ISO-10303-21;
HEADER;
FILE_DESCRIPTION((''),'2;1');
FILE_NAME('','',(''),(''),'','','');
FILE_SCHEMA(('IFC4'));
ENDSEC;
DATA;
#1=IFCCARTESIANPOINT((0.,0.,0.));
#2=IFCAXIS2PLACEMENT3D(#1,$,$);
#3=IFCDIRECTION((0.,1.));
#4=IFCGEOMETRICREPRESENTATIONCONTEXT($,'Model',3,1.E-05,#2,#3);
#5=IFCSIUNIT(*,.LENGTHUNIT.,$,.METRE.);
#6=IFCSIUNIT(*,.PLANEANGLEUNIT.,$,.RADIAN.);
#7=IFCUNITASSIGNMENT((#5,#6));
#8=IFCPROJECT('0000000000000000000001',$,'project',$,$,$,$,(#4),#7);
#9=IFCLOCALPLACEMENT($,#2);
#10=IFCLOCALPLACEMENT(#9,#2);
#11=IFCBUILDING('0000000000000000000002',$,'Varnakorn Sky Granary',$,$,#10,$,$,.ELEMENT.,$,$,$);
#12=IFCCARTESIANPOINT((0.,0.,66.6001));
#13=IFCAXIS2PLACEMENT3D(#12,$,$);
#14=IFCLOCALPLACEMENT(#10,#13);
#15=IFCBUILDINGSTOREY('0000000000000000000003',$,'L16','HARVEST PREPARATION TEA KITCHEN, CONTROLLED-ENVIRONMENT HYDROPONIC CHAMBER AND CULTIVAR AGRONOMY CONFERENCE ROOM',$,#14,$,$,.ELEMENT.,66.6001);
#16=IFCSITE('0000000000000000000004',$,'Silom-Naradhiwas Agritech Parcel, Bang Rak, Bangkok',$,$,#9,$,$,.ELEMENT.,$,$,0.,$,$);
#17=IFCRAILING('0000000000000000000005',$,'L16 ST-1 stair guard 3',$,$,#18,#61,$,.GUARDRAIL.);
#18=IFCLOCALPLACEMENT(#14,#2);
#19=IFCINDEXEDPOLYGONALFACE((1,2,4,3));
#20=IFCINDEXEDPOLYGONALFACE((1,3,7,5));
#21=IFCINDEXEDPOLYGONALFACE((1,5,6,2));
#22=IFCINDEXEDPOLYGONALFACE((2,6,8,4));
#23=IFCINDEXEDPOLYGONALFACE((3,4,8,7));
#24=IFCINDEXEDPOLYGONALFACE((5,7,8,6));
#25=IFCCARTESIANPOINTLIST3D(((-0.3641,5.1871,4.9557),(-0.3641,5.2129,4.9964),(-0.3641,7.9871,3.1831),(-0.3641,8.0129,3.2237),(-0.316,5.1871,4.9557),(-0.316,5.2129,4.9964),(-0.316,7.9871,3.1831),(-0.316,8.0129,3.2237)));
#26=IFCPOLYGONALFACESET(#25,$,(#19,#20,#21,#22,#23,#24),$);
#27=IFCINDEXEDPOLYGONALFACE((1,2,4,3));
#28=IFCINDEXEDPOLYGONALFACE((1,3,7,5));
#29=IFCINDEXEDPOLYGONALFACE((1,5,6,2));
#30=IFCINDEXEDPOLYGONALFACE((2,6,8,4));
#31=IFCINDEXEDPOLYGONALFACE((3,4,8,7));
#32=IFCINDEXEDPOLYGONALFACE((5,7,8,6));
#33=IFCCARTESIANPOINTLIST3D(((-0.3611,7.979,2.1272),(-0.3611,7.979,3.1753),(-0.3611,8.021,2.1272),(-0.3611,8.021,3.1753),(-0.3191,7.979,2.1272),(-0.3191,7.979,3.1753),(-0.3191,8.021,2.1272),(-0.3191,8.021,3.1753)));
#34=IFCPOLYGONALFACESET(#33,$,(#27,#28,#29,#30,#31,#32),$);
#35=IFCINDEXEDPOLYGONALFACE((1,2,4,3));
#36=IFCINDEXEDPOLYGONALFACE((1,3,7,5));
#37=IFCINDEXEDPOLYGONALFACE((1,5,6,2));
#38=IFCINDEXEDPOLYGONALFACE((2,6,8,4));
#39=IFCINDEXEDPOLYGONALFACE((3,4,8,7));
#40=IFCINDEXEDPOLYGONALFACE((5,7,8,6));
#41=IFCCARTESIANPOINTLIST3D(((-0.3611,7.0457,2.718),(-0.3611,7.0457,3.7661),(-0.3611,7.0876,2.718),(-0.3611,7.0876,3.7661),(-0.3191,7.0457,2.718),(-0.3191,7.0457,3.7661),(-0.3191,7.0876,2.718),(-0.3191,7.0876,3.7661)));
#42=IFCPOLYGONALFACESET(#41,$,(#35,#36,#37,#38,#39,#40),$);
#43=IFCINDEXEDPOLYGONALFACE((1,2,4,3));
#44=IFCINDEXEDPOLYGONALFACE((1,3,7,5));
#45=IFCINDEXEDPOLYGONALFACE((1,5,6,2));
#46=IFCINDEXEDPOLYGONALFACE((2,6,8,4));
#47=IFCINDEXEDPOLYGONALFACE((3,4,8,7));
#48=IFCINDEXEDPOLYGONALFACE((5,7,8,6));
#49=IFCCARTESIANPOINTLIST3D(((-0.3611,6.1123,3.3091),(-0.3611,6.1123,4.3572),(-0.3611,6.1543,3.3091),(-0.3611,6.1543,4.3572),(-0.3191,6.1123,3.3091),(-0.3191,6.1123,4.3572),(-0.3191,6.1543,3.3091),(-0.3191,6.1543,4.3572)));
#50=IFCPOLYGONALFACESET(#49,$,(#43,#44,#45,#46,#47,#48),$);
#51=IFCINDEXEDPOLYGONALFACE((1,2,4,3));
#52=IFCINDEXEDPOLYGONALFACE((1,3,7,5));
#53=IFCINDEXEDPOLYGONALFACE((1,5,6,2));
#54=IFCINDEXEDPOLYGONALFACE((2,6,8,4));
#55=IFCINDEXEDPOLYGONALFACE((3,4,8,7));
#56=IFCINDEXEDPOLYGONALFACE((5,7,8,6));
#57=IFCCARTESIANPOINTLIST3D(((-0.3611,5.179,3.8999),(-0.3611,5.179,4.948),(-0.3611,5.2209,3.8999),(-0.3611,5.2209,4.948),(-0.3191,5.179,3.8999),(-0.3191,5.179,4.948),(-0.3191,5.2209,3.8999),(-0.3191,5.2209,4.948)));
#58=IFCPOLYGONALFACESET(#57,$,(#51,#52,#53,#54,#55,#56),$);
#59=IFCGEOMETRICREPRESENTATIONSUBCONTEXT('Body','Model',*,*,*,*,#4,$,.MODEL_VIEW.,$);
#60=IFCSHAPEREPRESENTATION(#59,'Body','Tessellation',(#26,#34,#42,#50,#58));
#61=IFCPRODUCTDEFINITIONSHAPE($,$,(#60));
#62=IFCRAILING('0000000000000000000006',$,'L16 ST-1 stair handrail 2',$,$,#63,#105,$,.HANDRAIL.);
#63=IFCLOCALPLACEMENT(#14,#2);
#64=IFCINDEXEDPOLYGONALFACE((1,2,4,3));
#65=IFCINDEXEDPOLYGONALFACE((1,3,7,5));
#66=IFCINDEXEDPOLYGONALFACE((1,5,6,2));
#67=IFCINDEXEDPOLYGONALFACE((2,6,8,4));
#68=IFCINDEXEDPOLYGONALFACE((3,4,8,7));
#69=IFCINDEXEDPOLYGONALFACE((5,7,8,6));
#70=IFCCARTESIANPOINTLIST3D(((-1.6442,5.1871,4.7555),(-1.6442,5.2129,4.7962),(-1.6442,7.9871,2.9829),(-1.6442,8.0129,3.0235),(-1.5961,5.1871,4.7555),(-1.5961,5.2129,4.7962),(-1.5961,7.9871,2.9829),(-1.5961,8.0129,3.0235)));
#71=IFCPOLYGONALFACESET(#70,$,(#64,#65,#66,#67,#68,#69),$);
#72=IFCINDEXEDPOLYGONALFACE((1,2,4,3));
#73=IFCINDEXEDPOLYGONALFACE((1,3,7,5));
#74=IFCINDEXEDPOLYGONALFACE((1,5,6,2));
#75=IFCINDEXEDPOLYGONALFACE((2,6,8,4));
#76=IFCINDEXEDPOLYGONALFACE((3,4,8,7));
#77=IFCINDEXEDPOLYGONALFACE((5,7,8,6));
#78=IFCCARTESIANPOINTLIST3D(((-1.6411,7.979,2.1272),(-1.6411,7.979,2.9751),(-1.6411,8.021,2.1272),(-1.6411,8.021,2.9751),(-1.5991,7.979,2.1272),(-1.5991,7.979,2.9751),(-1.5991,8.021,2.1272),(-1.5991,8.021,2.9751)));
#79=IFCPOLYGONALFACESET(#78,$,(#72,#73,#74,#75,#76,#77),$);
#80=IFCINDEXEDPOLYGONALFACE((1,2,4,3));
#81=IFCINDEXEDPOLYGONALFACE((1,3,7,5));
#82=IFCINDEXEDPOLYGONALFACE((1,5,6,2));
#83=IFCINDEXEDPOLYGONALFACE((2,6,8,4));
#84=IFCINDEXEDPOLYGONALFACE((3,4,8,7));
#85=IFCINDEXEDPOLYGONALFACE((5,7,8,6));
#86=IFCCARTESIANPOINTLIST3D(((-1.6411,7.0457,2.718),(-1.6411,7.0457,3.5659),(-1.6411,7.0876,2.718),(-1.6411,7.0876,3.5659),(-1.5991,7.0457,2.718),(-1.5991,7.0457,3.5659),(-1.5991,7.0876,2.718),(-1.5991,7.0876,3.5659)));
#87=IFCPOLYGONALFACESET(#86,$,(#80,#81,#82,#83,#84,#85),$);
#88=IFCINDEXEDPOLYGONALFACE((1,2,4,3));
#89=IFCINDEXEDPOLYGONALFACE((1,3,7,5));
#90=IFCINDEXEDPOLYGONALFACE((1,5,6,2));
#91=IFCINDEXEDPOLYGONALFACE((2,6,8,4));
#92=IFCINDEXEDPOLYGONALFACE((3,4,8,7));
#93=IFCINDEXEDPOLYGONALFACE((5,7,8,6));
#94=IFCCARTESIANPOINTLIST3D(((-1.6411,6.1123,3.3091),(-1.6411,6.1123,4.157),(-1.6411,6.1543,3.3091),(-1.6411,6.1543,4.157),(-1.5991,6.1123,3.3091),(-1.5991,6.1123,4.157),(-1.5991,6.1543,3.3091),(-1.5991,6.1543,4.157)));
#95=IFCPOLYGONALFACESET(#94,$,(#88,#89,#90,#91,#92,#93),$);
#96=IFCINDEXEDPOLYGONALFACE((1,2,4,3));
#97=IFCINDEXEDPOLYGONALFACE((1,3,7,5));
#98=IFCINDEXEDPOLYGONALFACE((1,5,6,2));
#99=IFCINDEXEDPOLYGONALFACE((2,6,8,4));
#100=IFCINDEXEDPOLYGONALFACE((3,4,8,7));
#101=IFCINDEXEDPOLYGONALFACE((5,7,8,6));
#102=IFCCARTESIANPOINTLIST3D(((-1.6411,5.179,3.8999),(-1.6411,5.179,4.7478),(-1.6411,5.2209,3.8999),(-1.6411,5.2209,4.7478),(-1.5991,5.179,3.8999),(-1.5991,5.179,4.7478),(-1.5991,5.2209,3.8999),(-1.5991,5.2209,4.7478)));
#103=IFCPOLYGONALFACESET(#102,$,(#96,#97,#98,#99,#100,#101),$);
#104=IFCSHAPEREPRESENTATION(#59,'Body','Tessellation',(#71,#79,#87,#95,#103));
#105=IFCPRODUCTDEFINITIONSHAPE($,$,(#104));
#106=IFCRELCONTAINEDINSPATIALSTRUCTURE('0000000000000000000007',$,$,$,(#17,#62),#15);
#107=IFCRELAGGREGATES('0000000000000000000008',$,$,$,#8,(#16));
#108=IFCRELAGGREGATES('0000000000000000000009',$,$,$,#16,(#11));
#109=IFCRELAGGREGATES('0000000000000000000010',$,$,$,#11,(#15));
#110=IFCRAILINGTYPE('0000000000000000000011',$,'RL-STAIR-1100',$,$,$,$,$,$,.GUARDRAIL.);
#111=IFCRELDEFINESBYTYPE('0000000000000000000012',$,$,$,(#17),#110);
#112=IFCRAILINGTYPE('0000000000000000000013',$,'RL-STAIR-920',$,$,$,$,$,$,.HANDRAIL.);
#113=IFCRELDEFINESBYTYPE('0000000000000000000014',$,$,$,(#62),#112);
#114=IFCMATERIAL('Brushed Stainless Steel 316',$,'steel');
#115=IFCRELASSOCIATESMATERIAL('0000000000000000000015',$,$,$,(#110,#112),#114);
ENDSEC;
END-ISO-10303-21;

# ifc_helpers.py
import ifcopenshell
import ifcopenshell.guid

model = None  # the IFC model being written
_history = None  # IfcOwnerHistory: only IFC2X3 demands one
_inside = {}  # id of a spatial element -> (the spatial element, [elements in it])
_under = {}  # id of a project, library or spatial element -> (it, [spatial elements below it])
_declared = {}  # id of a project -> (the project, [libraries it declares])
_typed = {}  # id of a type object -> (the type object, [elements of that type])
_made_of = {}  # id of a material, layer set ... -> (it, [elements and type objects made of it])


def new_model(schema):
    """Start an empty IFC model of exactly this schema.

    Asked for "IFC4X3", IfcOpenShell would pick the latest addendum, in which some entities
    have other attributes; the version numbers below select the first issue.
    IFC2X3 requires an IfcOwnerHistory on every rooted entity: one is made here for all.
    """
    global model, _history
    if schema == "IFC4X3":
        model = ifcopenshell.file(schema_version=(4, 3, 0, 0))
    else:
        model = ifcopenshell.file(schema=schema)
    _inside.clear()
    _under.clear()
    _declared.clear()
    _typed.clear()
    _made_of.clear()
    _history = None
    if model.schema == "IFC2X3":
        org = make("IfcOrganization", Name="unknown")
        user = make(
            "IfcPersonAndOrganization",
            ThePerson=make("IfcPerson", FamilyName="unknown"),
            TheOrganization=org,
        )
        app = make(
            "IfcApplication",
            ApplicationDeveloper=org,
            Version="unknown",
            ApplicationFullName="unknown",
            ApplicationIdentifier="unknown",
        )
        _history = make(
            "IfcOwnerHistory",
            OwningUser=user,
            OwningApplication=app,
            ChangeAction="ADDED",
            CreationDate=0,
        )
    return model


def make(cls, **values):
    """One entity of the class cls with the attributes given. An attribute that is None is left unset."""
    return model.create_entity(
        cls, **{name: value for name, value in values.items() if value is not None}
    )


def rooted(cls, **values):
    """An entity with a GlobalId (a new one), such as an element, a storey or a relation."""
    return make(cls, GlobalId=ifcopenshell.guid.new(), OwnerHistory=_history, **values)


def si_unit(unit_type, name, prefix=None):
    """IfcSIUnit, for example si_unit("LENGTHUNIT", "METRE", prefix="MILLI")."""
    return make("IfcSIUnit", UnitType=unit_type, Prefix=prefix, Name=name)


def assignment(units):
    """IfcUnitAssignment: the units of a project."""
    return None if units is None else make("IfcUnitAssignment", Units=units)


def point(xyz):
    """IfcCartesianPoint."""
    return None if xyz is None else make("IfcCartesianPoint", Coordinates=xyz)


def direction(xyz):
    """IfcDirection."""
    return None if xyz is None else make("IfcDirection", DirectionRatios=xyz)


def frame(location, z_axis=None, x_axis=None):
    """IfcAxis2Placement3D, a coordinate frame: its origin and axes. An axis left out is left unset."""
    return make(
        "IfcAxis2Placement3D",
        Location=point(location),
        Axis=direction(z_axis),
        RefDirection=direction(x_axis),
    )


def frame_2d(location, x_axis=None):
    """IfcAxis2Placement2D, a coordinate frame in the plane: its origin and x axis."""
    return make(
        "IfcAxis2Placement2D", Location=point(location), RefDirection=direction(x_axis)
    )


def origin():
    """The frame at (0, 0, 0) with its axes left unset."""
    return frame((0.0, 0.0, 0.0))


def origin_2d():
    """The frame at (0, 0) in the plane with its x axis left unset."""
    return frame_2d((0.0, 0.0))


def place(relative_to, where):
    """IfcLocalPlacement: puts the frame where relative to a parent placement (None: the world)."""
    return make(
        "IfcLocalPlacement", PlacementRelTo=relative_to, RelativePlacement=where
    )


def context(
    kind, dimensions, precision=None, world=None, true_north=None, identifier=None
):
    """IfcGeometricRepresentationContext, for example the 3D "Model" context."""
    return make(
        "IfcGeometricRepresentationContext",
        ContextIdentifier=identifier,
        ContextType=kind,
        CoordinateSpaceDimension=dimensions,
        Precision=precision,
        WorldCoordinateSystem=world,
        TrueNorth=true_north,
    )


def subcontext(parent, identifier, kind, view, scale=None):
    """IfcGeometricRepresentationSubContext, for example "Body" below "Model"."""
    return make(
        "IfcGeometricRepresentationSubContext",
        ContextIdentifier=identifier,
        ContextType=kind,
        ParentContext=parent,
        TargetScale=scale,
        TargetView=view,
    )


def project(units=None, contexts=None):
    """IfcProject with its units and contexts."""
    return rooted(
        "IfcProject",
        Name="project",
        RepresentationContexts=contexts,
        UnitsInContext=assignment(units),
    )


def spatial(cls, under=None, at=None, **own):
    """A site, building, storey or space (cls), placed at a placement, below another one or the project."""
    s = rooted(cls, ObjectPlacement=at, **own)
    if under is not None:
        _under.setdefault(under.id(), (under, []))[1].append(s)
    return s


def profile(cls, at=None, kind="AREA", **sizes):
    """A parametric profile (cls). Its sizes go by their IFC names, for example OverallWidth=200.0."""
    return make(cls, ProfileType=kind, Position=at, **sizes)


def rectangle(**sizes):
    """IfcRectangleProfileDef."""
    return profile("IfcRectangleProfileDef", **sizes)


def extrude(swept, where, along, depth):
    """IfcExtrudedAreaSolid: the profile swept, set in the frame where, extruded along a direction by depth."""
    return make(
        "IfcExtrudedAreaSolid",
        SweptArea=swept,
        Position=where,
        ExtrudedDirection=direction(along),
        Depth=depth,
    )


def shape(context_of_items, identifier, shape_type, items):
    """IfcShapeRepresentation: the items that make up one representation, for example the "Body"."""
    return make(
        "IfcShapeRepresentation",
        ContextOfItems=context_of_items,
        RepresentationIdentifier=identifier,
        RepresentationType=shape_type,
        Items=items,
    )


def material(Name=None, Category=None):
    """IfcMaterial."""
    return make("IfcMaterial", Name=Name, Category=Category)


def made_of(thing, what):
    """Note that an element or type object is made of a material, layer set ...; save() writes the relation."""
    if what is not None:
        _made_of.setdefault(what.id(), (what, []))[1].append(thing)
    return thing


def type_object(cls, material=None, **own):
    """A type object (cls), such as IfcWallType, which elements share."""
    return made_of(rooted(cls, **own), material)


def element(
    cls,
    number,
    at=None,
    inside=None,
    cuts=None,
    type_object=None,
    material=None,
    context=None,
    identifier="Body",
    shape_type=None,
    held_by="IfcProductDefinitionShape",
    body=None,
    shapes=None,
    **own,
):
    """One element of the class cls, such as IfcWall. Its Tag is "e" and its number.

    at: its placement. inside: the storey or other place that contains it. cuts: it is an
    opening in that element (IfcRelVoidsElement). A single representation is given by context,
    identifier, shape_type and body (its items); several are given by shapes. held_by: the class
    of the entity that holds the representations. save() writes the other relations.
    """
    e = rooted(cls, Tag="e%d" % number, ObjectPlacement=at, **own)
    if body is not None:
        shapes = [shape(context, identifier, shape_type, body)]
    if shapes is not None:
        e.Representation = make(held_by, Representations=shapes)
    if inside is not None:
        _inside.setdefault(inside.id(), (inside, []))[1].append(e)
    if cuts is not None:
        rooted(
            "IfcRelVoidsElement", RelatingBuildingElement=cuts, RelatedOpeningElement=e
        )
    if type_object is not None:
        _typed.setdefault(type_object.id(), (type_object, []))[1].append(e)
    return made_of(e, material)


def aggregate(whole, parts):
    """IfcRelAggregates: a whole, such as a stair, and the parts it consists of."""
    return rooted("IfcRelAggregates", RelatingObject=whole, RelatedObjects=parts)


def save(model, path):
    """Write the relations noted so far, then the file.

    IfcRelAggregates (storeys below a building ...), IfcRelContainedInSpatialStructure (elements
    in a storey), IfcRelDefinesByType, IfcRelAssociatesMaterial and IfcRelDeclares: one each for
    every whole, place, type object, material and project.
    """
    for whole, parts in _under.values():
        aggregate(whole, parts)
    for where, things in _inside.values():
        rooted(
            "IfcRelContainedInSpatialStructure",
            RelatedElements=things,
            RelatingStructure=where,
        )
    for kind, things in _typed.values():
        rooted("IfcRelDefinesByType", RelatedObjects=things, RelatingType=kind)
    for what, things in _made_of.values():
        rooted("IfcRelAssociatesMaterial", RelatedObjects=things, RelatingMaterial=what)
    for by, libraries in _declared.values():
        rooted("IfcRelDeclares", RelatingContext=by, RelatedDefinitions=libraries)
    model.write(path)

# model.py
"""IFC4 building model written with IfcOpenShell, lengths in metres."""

from ifc_helpers import new_model, si_unit, direction, frame, origin, origin_2d, place, context, subcontext, project, spatial, rectangle, extrude, material, type_object, element, save


model = new_model("IFC4")

# Units and contexts
model_context = context("Model", 3, precision=1e-05, world=origin(), true_north=direction((0.0, 1.0)))
body_context = subcontext(model_context, "Body", "Model", "MODEL_VIEW")
ifc_project = project(units=[si_unit("LENGTHUNIT", "METRE"), si_unit("PLANEANGLEUNIT", "RADIAN")], contexts=[model_context])

# Site, building, storey
site_placement = place(None, origin())
site = spatial("IfcSite", under=ifc_project, at=site_placement, Name="Silom-Naradhiwas Agritech Parcel, Bang Rak, Bangkok", CompositionType="ELEMENT", RefElevation=0.0)
building_placement = place(site_placement, origin())
building = spatial("IfcBuilding", under=site, at=building_placement, Name="Varnakorn Sky Granary", CompositionType="ELEMENT")
storey_placement = place(building_placement, frame((0.0, 0.0, 66.6001)))
storey = spatial("IfcBuildingStorey", under=building, at=storey_placement, Name="L16", Description="HARVEST PREPARATION TEA KITCHEN, CONTROLLED-ENVIRONMENT HYDROPONIC CHAMBER AND CULTIVAR AGRONOMY CONFERENCE ROOM", CompositionType="ELEMENT", Elevation=66.6001)

# Railings
ifc_material_1 = material(Name="Brushed Stainless Steel 316", Category="steel")
railing_type_1 = type_object("IfcRailingType", Name="RL-STAIR-1100", PredefinedType="GUARDRAIL", material=ifc_material_1)
railing_1_placement = place(storey_placement, frame((-0.3401, 8.0, 2.1272)))
element("IfcRailing", 1, at=railing_1_placement, inside=storey, type_object=railing_type_1, Name="L16 ST-1 stair guard 3", PredefinedType="GUARDRAIL", context=body_context, shape_type="SweptSolid", body=[
    extrude(rectangle(XDim=0.0481, YDim=0.0481, at=origin_2d()), frame((0.0, 0.0, 1.0762), z_axis=(0.0, -0.844909, 0.53491), x_axis=(1.0, 0.0, 0.0)), (0.0, 0.0, 1.0), 3.314),
    extrude(rectangle(XDim=0.042, YDim=0.042, at=origin_2d()), origin(), (0.0, 0.0, 1.0), 1.0481),
    extrude(rectangle(XDim=0.042, YDim=0.042, at=origin_2d()), frame((0.0, -0.9333, 0.5908)), (0.0, 0.0, 1.0), 1.0481),
    extrude(rectangle(XDim=0.042, YDim=0.042, at=origin_2d()), frame((0.0, -1.8667, 1.1819)), (0.0, 0.0, 1.0), 1.0481),
    extrude(rectangle(XDim=0.042, YDim=0.042, at=origin_2d()), frame((0.0, -2.8, 1.7727)), (0.0, 0.0, 1.0), 1.0481),
])
railing_type_2 = type_object("IfcRailingType", Name="RL-STAIR-920", PredefinedType="HANDRAIL", material=ifc_material_1)
railing_2_placement = place(storey_placement, frame((-1.6201, 8.0, 2.1272)))
element("IfcRailing", 2, at=railing_2_placement, inside=storey, type_object=railing_type_2, Name="L16 ST-1 stair handrail 2", PredefinedType="HANDRAIL", context=body_context, shape_type="SweptSolid", body=[
    extrude(rectangle(XDim=0.0481, YDim=0.0481, at=origin_2d()), frame((0.0, 0.0, 0.876), z_axis=(0.0, -0.844909, 0.53491), x_axis=(1.0, 0.0, 0.0)), (0.0, 0.0, 1.0), 3.314),
    extrude(rectangle(XDim=0.042, YDim=0.042, at=origin_2d()), origin(), (0.0, 0.0, 1.0), 0.8479),
    extrude(rectangle(XDim=0.042, YDim=0.042, at=origin_2d()), frame((0.0, -0.9333, 0.5908)), (0.0, 0.0, 1.0), 0.8479),
    extrude(rectangle(XDim=0.042, YDim=0.042, at=origin_2d()), frame((0.0, -1.8667, 1.1819)), (0.0, 0.0, 1.0), 0.8479),
    extrude(rectangle(XDim=0.042, YDim=0.042, at=origin_2d()), frame((0.0, -2.8, 1.7727)), (0.0, 0.0, 1.0), 0.8479),
])

save(model, "model.ifc")
